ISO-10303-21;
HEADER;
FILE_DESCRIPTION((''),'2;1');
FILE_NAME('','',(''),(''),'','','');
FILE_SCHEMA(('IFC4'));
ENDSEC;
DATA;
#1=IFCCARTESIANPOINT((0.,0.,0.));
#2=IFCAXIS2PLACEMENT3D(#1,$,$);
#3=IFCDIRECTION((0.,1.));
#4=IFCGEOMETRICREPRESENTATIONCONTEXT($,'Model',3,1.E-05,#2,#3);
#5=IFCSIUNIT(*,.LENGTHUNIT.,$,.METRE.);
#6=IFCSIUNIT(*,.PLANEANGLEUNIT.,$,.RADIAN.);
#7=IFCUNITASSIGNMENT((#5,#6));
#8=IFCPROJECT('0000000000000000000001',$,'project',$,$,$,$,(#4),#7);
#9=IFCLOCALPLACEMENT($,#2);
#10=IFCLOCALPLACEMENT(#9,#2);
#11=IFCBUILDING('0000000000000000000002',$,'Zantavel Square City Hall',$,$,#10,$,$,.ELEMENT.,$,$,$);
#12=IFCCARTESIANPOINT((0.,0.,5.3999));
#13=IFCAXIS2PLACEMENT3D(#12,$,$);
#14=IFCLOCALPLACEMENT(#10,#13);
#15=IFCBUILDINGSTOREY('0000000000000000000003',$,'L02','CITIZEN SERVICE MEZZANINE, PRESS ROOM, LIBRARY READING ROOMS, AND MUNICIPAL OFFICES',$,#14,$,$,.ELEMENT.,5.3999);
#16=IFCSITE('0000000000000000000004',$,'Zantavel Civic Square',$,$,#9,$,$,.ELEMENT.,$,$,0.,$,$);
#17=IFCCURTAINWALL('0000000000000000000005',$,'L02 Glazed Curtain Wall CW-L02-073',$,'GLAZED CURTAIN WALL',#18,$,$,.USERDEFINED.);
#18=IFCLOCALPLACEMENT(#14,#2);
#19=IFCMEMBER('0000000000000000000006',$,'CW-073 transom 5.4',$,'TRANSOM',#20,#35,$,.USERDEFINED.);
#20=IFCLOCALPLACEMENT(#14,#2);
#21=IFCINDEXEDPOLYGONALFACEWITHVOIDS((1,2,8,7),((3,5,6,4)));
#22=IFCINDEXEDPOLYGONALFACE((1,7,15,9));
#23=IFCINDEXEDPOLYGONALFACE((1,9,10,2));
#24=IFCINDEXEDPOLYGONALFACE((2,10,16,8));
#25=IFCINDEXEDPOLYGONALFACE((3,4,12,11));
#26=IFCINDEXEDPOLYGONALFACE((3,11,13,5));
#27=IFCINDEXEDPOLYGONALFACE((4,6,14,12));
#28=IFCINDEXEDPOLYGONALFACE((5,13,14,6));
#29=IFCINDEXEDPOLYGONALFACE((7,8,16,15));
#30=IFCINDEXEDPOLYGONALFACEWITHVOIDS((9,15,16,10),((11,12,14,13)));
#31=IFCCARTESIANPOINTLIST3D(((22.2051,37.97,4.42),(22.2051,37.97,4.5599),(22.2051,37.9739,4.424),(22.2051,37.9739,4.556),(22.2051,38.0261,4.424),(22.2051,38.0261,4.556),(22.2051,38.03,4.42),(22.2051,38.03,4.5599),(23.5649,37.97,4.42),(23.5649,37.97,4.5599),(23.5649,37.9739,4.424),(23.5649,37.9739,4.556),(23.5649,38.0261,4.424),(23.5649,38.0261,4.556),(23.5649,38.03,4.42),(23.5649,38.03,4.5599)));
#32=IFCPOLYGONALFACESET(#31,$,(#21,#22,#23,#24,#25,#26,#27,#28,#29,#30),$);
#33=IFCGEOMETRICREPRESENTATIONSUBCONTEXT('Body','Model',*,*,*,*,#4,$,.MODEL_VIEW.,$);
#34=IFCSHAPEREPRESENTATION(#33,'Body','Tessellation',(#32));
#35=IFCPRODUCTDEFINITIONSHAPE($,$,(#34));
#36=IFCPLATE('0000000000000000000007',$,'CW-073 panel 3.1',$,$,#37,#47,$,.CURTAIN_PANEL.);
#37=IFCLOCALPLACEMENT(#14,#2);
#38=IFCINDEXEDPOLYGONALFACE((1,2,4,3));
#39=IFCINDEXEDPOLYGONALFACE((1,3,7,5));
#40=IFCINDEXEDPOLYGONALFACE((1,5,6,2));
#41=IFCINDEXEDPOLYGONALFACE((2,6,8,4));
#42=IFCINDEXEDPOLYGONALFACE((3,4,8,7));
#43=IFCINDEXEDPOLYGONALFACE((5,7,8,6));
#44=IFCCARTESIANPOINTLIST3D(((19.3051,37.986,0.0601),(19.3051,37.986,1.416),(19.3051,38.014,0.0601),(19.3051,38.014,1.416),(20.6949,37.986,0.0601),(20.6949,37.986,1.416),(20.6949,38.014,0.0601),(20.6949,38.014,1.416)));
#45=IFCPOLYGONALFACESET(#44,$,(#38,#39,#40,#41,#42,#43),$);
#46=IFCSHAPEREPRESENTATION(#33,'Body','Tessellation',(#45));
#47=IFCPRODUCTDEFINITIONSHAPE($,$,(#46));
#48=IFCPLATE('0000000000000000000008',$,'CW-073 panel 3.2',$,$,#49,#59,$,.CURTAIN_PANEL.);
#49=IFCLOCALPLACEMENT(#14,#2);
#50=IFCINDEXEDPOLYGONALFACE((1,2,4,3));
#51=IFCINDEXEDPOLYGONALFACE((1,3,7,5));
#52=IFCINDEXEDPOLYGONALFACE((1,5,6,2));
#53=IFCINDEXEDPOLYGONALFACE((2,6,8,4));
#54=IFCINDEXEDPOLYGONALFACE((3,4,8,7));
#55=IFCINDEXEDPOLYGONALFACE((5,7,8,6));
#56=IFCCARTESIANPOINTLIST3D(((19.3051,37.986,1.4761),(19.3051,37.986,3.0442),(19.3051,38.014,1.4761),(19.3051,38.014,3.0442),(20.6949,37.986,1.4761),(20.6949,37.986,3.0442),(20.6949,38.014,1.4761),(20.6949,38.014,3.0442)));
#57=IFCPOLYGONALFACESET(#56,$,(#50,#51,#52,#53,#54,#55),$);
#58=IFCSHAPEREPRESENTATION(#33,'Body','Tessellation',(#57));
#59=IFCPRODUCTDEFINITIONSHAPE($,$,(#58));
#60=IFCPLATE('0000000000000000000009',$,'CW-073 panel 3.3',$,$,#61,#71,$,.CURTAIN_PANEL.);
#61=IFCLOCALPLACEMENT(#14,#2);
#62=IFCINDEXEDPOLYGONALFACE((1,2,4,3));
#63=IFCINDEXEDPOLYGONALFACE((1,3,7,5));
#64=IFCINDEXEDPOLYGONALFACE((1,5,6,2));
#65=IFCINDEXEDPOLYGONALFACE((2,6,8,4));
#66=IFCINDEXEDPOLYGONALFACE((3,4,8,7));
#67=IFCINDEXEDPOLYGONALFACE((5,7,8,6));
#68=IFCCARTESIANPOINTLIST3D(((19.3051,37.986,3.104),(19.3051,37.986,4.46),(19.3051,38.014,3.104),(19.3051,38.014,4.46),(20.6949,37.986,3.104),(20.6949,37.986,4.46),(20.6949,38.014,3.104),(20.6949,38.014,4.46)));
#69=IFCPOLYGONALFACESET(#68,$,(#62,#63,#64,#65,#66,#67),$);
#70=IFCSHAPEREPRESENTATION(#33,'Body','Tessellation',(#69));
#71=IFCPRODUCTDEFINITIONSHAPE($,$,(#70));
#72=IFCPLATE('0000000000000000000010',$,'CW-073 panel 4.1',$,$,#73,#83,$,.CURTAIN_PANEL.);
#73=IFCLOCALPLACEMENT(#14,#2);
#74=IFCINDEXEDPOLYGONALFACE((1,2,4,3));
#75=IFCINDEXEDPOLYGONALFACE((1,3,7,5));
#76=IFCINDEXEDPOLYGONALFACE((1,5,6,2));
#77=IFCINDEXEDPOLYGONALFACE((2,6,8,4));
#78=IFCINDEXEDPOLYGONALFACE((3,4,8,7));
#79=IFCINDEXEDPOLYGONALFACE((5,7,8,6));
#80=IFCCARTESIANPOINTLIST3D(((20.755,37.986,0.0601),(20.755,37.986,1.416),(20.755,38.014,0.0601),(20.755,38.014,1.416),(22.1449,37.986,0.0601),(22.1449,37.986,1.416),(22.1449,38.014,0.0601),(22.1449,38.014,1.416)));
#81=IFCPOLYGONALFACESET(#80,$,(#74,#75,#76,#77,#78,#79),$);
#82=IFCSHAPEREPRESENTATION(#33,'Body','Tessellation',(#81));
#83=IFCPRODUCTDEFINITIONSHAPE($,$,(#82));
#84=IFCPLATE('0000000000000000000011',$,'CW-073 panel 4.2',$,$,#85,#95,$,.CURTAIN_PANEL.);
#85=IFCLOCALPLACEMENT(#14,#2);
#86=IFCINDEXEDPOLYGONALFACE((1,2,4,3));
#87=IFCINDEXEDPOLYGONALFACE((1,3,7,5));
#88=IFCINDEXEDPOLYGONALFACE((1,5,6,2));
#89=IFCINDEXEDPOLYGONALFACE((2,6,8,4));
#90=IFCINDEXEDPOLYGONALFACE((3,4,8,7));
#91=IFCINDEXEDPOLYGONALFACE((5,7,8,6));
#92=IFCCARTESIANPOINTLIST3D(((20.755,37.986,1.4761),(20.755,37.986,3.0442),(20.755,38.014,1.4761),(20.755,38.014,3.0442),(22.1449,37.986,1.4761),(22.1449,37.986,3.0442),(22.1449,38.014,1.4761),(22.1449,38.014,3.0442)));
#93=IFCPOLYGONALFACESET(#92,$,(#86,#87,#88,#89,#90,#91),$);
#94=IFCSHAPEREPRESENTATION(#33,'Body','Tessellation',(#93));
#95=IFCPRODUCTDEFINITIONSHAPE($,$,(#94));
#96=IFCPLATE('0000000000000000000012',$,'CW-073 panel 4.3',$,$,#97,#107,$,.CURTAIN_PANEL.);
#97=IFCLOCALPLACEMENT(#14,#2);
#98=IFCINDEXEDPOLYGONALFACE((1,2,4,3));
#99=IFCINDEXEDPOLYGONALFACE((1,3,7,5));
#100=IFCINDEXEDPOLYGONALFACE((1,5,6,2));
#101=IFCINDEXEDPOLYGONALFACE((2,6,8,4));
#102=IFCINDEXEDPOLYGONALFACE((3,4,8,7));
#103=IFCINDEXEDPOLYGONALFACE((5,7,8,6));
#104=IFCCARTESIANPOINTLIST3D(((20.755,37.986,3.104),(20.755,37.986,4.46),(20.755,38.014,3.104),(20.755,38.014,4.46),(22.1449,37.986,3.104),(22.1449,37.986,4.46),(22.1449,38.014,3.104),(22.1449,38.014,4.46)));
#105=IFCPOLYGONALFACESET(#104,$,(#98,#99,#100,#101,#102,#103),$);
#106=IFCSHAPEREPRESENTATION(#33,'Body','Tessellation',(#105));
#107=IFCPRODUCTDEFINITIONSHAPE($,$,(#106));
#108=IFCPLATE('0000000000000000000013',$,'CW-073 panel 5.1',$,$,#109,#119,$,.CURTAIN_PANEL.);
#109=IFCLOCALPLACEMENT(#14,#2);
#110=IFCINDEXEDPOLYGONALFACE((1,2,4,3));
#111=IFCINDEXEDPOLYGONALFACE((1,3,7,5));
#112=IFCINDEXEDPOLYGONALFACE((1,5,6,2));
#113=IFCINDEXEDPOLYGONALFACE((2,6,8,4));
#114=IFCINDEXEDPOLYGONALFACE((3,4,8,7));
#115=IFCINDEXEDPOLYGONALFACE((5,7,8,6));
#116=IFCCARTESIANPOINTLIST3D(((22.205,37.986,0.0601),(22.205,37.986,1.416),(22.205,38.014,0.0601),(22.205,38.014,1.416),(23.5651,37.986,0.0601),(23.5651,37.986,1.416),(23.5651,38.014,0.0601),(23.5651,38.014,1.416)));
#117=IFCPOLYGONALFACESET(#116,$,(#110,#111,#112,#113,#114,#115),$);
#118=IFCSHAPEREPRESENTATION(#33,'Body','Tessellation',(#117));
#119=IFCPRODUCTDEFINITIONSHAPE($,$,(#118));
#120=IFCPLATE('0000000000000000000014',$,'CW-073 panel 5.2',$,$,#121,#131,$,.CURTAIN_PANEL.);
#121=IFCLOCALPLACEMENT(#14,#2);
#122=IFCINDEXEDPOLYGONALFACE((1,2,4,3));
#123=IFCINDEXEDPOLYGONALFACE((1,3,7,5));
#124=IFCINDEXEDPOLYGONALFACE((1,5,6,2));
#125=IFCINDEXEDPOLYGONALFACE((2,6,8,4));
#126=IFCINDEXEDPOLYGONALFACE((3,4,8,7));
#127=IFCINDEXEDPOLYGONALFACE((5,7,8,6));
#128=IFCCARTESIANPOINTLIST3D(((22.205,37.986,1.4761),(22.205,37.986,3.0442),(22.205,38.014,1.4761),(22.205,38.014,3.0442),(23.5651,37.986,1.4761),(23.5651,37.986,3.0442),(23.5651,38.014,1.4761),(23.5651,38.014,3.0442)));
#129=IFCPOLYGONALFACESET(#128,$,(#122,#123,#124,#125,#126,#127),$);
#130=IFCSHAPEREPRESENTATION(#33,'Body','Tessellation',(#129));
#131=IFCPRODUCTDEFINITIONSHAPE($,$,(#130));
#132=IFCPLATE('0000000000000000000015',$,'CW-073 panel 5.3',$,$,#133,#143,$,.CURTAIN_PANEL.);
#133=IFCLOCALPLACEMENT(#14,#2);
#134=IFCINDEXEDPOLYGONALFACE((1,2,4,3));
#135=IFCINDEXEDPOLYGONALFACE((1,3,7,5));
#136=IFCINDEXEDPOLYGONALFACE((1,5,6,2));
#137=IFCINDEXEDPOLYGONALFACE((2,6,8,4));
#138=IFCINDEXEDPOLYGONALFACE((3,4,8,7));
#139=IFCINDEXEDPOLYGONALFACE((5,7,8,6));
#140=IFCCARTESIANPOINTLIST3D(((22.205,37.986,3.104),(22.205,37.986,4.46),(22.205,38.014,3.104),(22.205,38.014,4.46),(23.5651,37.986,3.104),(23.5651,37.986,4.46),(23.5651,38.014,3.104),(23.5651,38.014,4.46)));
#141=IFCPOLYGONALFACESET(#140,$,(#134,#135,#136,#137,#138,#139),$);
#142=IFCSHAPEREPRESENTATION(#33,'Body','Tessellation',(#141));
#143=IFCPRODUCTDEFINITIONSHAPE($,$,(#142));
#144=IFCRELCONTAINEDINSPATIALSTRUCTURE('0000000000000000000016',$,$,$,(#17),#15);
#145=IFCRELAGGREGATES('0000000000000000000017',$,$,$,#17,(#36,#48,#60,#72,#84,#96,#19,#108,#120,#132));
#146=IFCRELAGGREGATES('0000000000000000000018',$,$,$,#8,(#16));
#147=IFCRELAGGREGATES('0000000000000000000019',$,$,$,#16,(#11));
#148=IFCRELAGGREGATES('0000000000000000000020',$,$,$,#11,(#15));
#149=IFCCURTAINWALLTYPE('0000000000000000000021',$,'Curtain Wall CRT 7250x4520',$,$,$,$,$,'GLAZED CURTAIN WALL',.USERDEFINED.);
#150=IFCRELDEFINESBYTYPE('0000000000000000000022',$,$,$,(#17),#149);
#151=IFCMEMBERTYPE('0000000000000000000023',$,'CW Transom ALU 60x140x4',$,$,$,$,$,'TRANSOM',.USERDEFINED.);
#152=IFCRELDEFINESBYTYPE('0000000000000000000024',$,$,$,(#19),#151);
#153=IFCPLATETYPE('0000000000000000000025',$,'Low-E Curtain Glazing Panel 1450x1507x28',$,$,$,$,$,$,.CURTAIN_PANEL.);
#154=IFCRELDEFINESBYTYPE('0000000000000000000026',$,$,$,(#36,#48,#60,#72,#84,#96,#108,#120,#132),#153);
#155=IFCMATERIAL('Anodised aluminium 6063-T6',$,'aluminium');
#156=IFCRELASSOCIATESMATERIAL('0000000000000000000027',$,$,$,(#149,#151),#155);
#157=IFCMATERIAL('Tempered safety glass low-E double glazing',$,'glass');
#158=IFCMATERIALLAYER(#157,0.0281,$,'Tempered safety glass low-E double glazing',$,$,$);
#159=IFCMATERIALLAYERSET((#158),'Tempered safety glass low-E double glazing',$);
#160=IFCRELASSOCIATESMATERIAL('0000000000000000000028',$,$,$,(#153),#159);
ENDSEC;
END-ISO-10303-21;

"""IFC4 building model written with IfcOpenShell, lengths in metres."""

from ifc_helpers import new_model, si_unit, direction, frame, origin, origin_2d, place, context, subcontext, project, spatial, rectangle, hollow_rectangle, extrude, material, layer, layer_set, material_profile, profile_set, type_object, element, aggregate, save


model = new_model("IFC4")

# Units and contexts
model_context = context("Model", 3, precision=1e-05, world=origin(), true_north=direction((0.0, 1.0)))
body_context = subcontext(model_context, "Body", "Model", "MODEL_VIEW")
ifc_project = project(units=[si_unit("LENGTHUNIT", "METRE"), si_unit("PLANEANGLEUNIT", "RADIAN")], contexts=[model_context])

# Site, building, storey
site_placement = place(None, origin())
site = spatial("IfcSite", under=ifc_project, at=site_placement, Name="Zantavel Civic Square", CompositionType="ELEMENT", RefElevation=0.0)
building_placement = place(site_placement, origin())
building = spatial("IfcBuilding", under=site, at=building_placement, Name="Zantavel Square City Hall", CompositionType="ELEMENT")
storey_placement = place(building_placement, frame((0.0, 0.0, 5.3999)))
storey = spatial("IfcBuildingStorey", under=building, at=storey_placement, Name="L02", Description="CITIZEN SERVICE MEZZANINE, PRESS ROOM, LIBRARY READING ROOMS, AND MUNICIPAL OFFICES", CompositionType="ELEMENT", Elevation=5.3999)

# Curtain wall, member, plates
ifc_material_1 = material(Name="Anodised aluminium 6063-T6", Category="aluminium")
curtain_wall_type = type_object("IfcCurtainWallType", Name="Curtain Wall CRT 7250x4520", ElementType="GLAZED CURTAIN WALL", PredefinedType="USERDEFINED", material=ifc_material_1)
curtain_wall_placement = place(storey_placement, origin())
curtain_wall = element("IfcCurtainWall", 1, at=curtain_wall_placement, inside=storey, type_object=curtain_wall_type, Name="L02 Glazed Curtain Wall CW-L02-073", ObjectType="GLAZED CURTAIN WALL", PredefinedType="USERDEFINED")
ifc_material_profile_1 = material_profile(ifc_material_1, hollow_rectangle(XDim=0.0601, YDim=0.1399, WallThickness=0.0039, at=origin_2d()), Name="ALU 60x140x4")
ifc_profile_set_1 = profile_set([ifc_material_profile_1], Name="Anodised aluminium 6063-T6")
member_type_1 = type_object("IfcMemberType", Name="CW Transom ALU 60x140x4", ElementType="TRANSOM", PredefinedType="USERDEFINED", material=ifc_profile_set_1)
member_1_placement = place(storey_placement, frame((22.2051, 38.0, 4.49), z_axis=(1.0, 0.0, 0.0), x_axis=(0.0, 1.0, 0.0)))
member_1 = element("IfcMember", 2, at=member_1_placement, type_object=member_type_1, Name="CW-073 transom 5.4", ObjectType="TRANSOM", PredefinedType="USERDEFINED", context=body_context, shape_type="SweptSolid", body=[
    extrude(hollow_rectangle(XDim=0.0601, YDim=0.1399, WallThickness=0.0039, at=origin_2d()), origin(), (0.0, 0.0, 1.0), 1.3599),
])
ifc_material_2 = material(Name="Tempered safety glass low-E double glazing", Category="glass")
ifc_layer = layer(ifc_material_2, 0.0281, Name="Tempered safety glass low-E double glazing")
ifc_layer_set = layer_set([ifc_layer], Name="Tempered safety glass low-E double glazing")
plate_type = type_object("IfcPlateType", Name="Low-E Curtain Glazing Panel 1450x1507x28", PredefinedType="CURTAIN_PANEL", material=ifc_layer_set)
plate_1_placement = place(storey_placement, frame((20.0, 38.0, 0.0601), z_axis=(0.0, 0.0, 1.0), x_axis=(1.0, 0.0, 0.0)))
plate_1 = element("IfcPlate", 3, at=plate_1_placement, type_object=plate_type, Name="CW-073 panel 3.1", PredefinedType="CURTAIN_PANEL", context=body_context, shape_type="SweptSolid", body=[
    extrude(rectangle(XDim=1.3899, YDim=0.0281, at=origin_2d()), origin(), (0.0, 0.0, 1.0), 1.356),
])
plate_2_placement = place(storey_placement, frame((20.0, 38.0, 1.4761), z_axis=(0.0, 0.0, 1.0), x_axis=(1.0, 0.0, 0.0)))
plate_2 = element("IfcPlate", 4, at=plate_2_placement, type_object=plate_type, Name="CW-073 panel 3.2", PredefinedType="CURTAIN_PANEL", context=body_context, shape_type="SweptSolid", body=[
    extrude(rectangle(XDim=1.3899, YDim=0.0281, at=origin_2d()), origin(), (0.0, 0.0, 1.0), 1.5681),
])
plate_3_placement = place(storey_placement, frame((20.0, 38.0, 3.104), z_axis=(0.0, 0.0, 1.0), x_axis=(1.0, 0.0, 0.0)))
plate_3 = element("IfcPlate", 5, at=plate_3_placement, type_object=plate_type, Name="CW-073 panel 3.3", PredefinedType="CURTAIN_PANEL", context=body_context, shape_type="SweptSolid", body=[
    extrude(rectangle(XDim=1.3899, YDim=0.0281, at=origin_2d()), origin(), (0.0, 0.0, 1.0), 1.356),
])
plate_4_placement = place(storey_placement, frame((21.45, 38.0, 0.0601), z_axis=(0.0, 0.0, 1.0), x_axis=(1.0, 0.0, 0.0)))
plate_4 = element("IfcPlate", 6, at=plate_4_placement, type_object=plate_type, Name="CW-073 panel 4.1", PredefinedType="CURTAIN_PANEL", context=body_context, shape_type="SweptSolid", body=[
    extrude(rectangle(XDim=1.3899, YDim=0.0281, at=origin_2d()), origin(), (0.0, 0.0, 1.0), 1.356),
])
plate_5_placement = place(storey_placement, frame((21.45, 38.0, 1.4761), z_axis=(0.0, 0.0, 1.0), x_axis=(1.0, 0.0, 0.0)))
plate_5 = element("IfcPlate", 7, at=plate_5_placement, type_object=plate_type, Name="CW-073 panel 4.2", PredefinedType="CURTAIN_PANEL", context=body_context, shape_type="SweptSolid", body=[
    extrude(rectangle(XDim=1.3899, YDim=0.0281, at=origin_2d()), origin(), (0.0, 0.0, 1.0), 1.5681),
])
plate_6_placement = place(storey_placement, frame((21.45, 38.0, 3.104), z_axis=(0.0, 0.0, 1.0), x_axis=(1.0, 0.0, 0.0)))
plate_6 = element("IfcPlate", 8, at=plate_6_placement, type_object=plate_type, Name="CW-073 panel 4.3", PredefinedType="CURTAIN_PANEL", context=body_context, shape_type="SweptSolid", body=[
    extrude(rectangle(XDim=1.3899, YDim=0.0281, at=origin_2d()), origin(), (0.0, 0.0, 1.0), 1.356),
])
plate_7_placement = place(storey_placement, frame((22.885, 38.0, 0.0601), z_axis=(0.0, 0.0, 1.0), x_axis=(1.0, 0.0, 0.0)))
plate_7 = element("IfcPlate", 9, at=plate_7_placement, type_object=plate_type, Name="CW-073 panel 5.1", PredefinedType="CURTAIN_PANEL", context=body_context, shape_type="SweptSolid", body=[
    extrude(rectangle(XDim=1.3601, YDim=0.0281, at=origin_2d()), origin(), (0.0, 0.0, 1.0), 1.356),
])
plate_8_placement = place(storey_placement, frame((22.885, 38.0, 1.4761), z_axis=(0.0, 0.0, 1.0), x_axis=(1.0, 0.0, 0.0)))
plate_8 = element("IfcPlate", 10, at=plate_8_placement, type_object=plate_type, Name="CW-073 panel 5.2", PredefinedType="CURTAIN_PANEL", context=body_context, shape_type="SweptSolid", body=[
    extrude(rectangle(XDim=1.3601, YDim=0.0281, at=origin_2d()), origin(), (0.0, 0.0, 1.0), 1.5681),
])
plate_9_placement = place(storey_placement, frame((22.885, 38.0, 3.104), z_axis=(0.0, 0.0, 1.0), x_axis=(1.0, 0.0, 0.0)))
plate_9 = element("IfcPlate", 11, at=plate_9_placement, type_object=plate_type, Name="CW-073 panel 5.3", PredefinedType="CURTAIN_PANEL", context=body_context, shape_type="SweptSolid", body=[
    extrude(rectangle(XDim=1.3601, YDim=0.0281, at=origin_2d()), origin(), (0.0, 0.0, 1.0), 1.356),
])
aggregate(curtain_wall, [plate_1, plate_2, plate_3, plate_4, plate_5, plate_6, member_1, plate_7, plate_8, plate_9])

save(model, "model.ifc")
